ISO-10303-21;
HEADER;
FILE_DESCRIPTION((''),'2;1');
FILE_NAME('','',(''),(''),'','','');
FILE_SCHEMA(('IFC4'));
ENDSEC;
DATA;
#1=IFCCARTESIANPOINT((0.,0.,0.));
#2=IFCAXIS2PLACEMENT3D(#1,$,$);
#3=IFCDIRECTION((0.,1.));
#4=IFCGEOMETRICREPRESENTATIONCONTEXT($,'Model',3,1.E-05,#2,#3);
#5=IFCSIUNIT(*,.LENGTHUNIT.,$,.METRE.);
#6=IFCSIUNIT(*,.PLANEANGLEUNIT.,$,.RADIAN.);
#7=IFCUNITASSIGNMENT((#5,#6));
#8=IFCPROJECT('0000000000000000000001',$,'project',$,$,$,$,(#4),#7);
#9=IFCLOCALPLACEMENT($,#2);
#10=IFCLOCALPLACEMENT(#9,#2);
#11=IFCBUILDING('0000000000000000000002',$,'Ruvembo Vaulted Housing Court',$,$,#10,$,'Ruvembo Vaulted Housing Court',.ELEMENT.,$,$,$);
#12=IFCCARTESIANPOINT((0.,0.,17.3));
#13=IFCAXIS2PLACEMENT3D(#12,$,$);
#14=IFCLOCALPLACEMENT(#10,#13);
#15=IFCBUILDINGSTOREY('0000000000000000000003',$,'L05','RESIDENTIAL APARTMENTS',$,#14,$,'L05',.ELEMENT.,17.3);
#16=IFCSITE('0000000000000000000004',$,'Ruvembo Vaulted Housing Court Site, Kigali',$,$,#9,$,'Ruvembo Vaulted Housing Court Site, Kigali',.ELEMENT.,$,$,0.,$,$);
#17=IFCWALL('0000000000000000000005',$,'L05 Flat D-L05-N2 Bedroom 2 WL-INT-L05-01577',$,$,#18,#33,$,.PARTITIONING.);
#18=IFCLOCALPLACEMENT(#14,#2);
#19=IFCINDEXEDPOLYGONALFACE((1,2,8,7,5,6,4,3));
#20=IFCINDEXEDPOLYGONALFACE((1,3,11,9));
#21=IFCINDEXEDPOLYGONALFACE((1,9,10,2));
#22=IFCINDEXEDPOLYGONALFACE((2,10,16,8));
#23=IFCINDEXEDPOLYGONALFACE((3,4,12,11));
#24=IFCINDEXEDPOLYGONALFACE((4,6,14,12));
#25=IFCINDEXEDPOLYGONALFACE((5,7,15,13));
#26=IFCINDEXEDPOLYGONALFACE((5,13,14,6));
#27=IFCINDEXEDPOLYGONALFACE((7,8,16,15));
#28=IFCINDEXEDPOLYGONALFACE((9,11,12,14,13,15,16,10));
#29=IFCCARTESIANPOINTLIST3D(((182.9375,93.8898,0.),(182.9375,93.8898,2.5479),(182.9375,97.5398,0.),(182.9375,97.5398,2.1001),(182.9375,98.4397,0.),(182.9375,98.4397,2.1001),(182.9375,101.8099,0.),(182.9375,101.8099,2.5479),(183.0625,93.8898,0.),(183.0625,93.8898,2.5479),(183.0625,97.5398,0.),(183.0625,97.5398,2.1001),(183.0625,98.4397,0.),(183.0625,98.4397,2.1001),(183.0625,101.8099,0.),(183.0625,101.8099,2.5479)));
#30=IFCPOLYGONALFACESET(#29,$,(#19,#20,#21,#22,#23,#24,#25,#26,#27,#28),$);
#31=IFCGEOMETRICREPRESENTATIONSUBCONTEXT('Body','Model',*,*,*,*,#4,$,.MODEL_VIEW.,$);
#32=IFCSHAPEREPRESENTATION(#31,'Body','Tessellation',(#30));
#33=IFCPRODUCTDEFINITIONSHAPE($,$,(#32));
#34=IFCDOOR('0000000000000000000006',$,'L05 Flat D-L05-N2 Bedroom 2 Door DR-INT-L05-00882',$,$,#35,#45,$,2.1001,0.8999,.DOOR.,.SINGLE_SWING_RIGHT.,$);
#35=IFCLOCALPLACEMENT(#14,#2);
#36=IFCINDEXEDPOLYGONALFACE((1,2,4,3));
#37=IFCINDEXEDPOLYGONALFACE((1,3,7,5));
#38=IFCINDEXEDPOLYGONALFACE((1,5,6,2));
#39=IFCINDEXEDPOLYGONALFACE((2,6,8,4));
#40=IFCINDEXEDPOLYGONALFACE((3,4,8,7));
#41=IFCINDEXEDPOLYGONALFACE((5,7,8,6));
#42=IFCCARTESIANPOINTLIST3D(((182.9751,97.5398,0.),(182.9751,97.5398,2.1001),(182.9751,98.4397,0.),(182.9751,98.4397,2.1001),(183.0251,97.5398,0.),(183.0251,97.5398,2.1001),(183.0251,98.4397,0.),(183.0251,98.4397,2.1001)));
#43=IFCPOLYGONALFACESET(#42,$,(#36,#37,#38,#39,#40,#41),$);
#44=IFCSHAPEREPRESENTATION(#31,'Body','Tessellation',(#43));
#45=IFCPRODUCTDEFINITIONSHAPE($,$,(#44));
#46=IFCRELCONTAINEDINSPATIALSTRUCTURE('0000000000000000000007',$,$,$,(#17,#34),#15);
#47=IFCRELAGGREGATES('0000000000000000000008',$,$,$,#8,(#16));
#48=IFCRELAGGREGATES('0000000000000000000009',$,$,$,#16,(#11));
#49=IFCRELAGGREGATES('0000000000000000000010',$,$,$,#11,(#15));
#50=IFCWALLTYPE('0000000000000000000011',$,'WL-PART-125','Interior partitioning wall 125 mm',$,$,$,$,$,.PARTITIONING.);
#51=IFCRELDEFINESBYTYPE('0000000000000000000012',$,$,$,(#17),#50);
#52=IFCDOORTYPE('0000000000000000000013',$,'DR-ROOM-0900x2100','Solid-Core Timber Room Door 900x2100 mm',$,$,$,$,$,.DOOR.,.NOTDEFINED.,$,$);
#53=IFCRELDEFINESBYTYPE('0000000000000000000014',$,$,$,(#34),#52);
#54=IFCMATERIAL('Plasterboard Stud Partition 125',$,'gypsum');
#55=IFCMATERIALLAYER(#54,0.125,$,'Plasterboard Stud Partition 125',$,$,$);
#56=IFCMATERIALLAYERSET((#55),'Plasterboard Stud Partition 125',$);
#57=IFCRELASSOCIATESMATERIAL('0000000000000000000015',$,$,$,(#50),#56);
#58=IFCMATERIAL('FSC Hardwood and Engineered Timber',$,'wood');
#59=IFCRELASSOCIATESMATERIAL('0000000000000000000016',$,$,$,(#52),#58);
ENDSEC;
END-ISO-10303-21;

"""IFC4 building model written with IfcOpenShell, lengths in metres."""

from ifc_helpers import new_model, si_unit, direction, frame, frame_2d, origin, place, context, subcontext, project, spatial, rectangle, extrude, material, layer, layer_set, type_object, element, fill, save


model = new_model("IFC4")

# Units and contexts
model_context = context("Model", 3, precision=1e-05, world=origin(), true_north=direction((0.0, 1.0)))
body_context = subcontext(model_context, "Body", "Model", "MODEL_VIEW")
ifc_project = project(units=[si_unit("LENGTHUNIT", "METRE"), si_unit("PLANEANGLEUNIT", "RADIAN")], contexts=[model_context])

# Site, building, storey
site_placement = place(None, origin())
site = spatial("IfcSite", under=ifc_project, at=site_placement, Name="Ruvembo Vaulted Housing Court Site, Kigali", LongName="Ruvembo Vaulted Housing Court Site, Kigali", CompositionType="ELEMENT", RefElevation=0.0)
building_placement = place(site_placement, origin())
building = spatial("IfcBuilding", under=site, at=building_placement, Name="Ruvembo Vaulted Housing Court", LongName="Ruvembo Vaulted Housing Court", CompositionType="ELEMENT")
storey_placement = place(building_placement, frame((0.0, 0.0, 17.3)))
storey = spatial("IfcBuildingStorey", under=building, at=storey_placement, Name="L05", Description="RESIDENTIAL APARTMENTS", LongName="L05", CompositionType="ELEMENT", Elevation=17.3)

# Shared definitions
ifc_material_1 = material(Name="FSC Hardwood and Engineered Timber", Category="wood")

# Wall, opening, door
ifc_material_2 = material(Name="Plasterboard Stud Partition 125", Category="gypsum")
ifc_layer_1 = layer(ifc_material_2, 0.125, Name="Plasterboard Stud Partition 125")
ifc_layer_set_1 = layer_set([ifc_layer_1], Name="Plasterboard Stud Partition 125")
wall_type_1 = type_object("IfcWallType", Name="WL-PART-125", Description="Interior partitioning wall 125 mm", PredefinedType="PARTITIONING", material=ifc_layer_set_1)
wall_1_placement = place(storey_placement, frame((183.0, 93.8899, 0.0), z_axis=(0.0, 0.0, 1.0), x_axis=(0.0, 1.0, 0.0)))
wall_1 = element("IfcWall", 1, at=wall_1_placement, inside=storey, type_object=wall_type_1, Name="L05 Flat D-L05-N2 Bedroom 2 WL-INT-L05-01577", PredefinedType="PARTITIONING", context=body_context, shape_type="SweptSolid", body=[
    extrude(rectangle(XDim=7.9202, YDim=0.125, at=frame_2d((3.96, 0.0))), origin(), (0.0, 0.0, 1.0), 2.5479),
])
opening_1_placement = place(wall_1_placement, frame((3.6499, 0.0, 0.0)))
opening_1 = element("IfcOpeningElement", 2, at=opening_1_placement, cuts=wall_1, PredefinedType="OPENING", context=body_context, shape_type="SweptSolid", body=[
    extrude(rectangle(XDim=0.8999, YDim=2.1001, at=frame_2d((0.45, 1.05))), frame((0.0, 0.0725, 0.0), z_axis=(0.0, -1.0, 0.0), x_axis=(1.0, 0.0, 0.0)), (0.0, 0.0, 1.0), 0.145),
])
door_type_1 = type_object("IfcDoorType", Name="DR-ROOM-0900x2100", Description="Solid-Core Timber Room Door 900x2100 mm", OperationType="NOTDEFINED", PredefinedType="DOOR", material=ifc_material_1)
door_1_placement = place(opening_1_placement, origin())
door_1 = element("IfcDoor", 3, at=door_1_placement, inside=storey, type_object=door_type_1, Name="L05 Flat D-L05-N2 Bedroom 2 Door DR-INT-L05-00882", OperationType="SINGLE_SWING_RIGHT", OverallHeight=2.1001, OverallWidth=0.8999, PredefinedType="DOOR", context=body_context, shape_type="SweptSolid", body=[
    extrude(rectangle(XDim=0.8999, YDim=2.1001, at=frame_2d((0.45, 1.05))), frame((0.0, 0.0249, 0.0), z_axis=(0.0, -1.0, 0.0), x_axis=(1.0, 0.0, 0.0)), (0.0, 0.0, 1.0), 0.05),
])
fill(opening_1, door_1)

save(model, "model.ifc")
